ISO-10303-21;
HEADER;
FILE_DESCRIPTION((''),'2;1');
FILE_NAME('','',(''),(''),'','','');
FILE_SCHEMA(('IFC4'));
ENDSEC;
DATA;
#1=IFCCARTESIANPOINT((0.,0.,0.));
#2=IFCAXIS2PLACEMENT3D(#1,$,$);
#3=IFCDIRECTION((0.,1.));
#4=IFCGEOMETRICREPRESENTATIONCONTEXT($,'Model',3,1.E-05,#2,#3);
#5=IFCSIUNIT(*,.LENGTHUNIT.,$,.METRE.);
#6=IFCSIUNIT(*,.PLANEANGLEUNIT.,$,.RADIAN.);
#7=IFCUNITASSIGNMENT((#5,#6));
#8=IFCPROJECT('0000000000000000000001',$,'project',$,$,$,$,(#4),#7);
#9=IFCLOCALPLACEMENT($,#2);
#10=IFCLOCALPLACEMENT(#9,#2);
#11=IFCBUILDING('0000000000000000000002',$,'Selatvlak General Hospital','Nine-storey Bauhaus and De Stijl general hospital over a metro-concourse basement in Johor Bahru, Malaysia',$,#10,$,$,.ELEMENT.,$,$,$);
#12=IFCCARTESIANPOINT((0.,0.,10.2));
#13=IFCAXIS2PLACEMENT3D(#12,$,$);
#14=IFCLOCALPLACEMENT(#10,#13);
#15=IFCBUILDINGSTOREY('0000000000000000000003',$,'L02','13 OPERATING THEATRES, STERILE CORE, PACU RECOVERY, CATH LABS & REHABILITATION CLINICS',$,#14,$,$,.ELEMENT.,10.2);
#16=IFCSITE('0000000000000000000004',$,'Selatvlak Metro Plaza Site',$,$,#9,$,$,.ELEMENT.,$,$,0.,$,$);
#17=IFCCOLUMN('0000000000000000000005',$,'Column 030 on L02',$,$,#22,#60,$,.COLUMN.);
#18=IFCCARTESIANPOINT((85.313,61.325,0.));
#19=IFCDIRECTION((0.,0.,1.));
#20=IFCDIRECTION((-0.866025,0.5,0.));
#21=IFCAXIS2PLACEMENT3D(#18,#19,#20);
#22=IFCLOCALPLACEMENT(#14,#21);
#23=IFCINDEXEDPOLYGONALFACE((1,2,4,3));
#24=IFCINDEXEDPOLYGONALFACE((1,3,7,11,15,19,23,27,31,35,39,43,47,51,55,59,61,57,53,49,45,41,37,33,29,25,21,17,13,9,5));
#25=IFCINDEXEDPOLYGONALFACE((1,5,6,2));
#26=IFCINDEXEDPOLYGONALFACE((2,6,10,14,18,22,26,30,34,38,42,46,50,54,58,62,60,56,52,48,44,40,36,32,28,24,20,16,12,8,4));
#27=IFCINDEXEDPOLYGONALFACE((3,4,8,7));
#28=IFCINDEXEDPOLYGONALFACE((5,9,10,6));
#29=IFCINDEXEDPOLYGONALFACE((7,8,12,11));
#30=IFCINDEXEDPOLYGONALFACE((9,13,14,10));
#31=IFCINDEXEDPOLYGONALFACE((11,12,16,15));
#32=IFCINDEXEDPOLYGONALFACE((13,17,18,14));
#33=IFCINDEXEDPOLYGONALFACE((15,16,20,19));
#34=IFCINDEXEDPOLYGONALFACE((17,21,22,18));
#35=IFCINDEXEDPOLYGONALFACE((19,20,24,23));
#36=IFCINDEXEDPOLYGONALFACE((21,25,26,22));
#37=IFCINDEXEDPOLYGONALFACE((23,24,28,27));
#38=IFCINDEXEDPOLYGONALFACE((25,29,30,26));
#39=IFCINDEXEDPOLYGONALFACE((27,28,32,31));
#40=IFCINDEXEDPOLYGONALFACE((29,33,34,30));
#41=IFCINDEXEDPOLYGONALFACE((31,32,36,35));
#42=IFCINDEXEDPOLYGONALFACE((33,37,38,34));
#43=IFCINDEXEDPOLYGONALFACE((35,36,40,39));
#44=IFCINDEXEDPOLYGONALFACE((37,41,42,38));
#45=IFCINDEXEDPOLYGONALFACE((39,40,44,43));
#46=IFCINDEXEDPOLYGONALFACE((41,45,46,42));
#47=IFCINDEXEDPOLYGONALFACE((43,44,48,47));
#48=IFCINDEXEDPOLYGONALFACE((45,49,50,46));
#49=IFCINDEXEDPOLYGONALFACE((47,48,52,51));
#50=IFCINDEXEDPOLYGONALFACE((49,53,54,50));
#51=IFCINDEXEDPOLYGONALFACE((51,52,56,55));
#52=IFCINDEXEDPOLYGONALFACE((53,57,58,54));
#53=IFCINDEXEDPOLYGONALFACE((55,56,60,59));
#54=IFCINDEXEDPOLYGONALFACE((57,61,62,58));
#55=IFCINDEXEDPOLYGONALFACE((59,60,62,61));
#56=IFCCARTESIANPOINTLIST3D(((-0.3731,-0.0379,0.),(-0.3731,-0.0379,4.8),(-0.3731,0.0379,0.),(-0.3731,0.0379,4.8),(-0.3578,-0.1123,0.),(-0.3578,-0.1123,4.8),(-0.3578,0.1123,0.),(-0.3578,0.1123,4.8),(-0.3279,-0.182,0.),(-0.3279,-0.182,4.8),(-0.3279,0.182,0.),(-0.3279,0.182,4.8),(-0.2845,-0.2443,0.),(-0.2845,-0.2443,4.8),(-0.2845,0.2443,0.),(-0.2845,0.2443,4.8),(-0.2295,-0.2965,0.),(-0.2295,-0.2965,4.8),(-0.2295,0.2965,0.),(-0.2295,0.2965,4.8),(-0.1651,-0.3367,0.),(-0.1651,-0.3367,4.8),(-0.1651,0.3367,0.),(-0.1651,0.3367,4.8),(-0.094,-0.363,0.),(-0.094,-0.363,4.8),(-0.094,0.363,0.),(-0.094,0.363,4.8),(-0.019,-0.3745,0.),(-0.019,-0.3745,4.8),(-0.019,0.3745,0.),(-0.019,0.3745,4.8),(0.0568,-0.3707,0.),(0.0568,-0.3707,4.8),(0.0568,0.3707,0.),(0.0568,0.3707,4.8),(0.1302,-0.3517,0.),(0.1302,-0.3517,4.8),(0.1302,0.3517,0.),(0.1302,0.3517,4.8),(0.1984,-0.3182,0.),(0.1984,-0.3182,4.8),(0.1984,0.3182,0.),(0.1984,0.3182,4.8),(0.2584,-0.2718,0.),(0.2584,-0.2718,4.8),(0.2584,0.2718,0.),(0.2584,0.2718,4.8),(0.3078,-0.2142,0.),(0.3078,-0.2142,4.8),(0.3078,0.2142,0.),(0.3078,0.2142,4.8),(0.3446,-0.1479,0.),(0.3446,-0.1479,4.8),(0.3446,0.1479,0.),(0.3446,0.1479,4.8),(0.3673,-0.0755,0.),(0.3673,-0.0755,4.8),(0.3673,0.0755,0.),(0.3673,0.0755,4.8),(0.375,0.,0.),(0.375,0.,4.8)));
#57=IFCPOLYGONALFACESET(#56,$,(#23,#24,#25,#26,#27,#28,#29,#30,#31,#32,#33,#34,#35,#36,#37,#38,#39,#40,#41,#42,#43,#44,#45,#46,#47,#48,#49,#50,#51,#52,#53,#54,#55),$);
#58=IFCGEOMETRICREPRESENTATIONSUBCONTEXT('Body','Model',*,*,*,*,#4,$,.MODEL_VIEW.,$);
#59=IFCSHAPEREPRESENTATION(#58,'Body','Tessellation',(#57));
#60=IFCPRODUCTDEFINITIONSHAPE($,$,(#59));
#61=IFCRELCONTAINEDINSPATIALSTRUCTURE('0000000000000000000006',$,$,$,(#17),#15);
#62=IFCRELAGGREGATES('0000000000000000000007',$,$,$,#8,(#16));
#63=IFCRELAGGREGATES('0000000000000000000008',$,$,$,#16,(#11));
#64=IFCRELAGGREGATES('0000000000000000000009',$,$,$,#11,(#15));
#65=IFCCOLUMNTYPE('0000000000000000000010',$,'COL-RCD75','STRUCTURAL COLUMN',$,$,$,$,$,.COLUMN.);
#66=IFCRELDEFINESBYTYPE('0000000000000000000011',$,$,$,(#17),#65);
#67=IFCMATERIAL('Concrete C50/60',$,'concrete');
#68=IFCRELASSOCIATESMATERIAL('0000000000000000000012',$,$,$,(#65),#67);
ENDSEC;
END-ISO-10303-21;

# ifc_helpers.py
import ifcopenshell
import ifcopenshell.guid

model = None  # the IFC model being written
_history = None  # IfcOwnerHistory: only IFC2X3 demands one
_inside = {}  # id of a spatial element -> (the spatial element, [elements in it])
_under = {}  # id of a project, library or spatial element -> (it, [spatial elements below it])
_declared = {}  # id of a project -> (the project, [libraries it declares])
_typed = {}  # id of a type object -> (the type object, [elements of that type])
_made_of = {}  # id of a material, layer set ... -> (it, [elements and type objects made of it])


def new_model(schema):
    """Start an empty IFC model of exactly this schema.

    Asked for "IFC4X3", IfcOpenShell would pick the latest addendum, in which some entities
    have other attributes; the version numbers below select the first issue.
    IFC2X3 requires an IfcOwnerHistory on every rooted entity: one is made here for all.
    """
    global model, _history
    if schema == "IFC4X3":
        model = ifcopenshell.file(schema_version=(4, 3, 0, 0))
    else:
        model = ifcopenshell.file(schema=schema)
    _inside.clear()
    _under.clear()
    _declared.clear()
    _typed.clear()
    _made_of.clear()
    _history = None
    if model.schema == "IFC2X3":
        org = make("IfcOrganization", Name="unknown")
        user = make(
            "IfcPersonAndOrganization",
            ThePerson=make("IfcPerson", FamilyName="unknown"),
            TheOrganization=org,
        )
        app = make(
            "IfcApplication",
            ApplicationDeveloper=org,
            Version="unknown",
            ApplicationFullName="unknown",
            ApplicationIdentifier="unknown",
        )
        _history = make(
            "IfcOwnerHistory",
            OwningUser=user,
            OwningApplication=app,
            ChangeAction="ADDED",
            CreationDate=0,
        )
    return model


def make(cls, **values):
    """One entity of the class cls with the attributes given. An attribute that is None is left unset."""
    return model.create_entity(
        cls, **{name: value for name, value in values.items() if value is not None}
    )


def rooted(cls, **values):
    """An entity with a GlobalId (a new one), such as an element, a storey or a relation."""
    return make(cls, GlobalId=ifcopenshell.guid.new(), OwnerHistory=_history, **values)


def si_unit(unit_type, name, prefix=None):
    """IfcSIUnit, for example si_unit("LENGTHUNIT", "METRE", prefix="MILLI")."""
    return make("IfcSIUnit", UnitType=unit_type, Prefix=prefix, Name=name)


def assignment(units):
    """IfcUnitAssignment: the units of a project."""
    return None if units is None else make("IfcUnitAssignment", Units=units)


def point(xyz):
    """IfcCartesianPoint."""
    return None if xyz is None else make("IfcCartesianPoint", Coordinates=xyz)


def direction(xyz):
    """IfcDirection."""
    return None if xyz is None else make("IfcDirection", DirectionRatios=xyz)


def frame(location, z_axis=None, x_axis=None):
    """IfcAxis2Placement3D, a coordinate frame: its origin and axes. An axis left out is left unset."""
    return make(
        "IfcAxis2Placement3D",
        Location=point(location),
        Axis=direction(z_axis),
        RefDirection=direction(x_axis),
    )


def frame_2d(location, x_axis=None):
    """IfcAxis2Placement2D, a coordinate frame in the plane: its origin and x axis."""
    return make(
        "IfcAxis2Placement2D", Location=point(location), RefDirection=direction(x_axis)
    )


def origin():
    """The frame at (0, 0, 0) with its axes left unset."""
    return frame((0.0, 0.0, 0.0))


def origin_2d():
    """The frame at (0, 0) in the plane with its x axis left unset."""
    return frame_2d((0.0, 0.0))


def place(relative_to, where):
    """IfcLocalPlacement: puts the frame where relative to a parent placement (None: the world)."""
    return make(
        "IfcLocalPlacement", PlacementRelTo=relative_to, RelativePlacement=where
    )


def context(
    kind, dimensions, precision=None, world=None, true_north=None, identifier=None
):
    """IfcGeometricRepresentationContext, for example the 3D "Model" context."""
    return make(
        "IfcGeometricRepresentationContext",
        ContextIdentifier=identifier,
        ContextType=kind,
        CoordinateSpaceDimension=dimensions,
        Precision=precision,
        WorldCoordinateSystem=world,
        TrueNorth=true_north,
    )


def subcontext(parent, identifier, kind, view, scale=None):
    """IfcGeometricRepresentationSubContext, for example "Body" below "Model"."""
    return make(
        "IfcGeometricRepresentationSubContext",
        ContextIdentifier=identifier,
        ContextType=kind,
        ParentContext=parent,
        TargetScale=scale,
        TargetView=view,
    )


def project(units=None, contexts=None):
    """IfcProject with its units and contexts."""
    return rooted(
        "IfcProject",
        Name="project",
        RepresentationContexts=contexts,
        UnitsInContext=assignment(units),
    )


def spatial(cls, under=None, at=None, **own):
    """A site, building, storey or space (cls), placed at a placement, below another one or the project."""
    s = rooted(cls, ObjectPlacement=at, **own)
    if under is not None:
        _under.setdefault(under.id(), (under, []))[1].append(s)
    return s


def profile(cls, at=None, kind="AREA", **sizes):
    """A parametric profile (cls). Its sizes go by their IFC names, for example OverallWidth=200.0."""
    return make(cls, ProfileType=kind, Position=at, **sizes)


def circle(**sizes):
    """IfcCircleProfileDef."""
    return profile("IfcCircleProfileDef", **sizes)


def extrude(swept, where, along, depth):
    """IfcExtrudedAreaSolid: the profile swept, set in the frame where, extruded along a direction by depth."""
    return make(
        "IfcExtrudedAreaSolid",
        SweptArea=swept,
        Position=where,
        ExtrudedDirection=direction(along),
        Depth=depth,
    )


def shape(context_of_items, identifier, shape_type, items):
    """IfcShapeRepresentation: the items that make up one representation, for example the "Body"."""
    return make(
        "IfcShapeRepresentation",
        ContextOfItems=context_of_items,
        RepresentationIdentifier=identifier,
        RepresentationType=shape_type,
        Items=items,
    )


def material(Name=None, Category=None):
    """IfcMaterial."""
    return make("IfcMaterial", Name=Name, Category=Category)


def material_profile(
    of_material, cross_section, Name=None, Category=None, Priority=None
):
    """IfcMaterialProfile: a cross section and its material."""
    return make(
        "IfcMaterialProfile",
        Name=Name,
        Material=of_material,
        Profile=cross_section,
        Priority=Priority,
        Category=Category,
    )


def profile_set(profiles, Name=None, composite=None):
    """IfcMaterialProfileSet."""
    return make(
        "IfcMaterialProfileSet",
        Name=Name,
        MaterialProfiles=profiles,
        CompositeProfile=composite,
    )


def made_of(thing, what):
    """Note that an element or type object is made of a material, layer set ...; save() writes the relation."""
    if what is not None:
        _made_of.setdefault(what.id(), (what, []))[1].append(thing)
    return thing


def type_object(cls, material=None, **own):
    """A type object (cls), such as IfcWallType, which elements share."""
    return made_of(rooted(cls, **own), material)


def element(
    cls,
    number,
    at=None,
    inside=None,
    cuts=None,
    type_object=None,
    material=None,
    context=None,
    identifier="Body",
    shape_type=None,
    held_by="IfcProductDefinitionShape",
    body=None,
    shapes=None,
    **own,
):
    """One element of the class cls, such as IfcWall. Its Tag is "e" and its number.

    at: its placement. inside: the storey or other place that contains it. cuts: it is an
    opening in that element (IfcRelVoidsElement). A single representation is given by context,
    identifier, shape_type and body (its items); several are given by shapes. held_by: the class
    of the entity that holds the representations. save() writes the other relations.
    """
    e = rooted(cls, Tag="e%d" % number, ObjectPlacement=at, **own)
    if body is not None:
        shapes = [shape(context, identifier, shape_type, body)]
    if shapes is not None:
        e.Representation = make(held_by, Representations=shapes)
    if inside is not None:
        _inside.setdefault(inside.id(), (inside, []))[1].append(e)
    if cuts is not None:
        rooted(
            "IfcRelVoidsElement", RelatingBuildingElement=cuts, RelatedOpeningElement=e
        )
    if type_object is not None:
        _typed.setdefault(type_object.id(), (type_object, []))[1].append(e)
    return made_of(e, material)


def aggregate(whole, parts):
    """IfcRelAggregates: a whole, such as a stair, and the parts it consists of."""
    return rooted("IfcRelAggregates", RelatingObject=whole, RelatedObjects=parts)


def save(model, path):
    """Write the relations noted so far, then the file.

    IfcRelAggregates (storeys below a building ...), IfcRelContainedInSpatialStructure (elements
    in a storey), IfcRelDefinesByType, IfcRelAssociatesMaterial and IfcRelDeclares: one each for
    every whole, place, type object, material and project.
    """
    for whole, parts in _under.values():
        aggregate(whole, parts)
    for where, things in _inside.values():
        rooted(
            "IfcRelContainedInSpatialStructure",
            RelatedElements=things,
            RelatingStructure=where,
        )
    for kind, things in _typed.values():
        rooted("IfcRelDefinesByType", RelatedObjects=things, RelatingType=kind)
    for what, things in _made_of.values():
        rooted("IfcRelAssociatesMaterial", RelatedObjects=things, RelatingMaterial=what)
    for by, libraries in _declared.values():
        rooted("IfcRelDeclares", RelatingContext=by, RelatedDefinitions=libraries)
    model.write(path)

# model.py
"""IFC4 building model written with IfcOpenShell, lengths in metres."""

from ifc_helpers import new_model, si_unit, direction, frame, origin, origin_2d, place, context, subcontext, project, spatial, circle, extrude, material, material_profile, profile_set, type_object, element, save


model = new_model("IFC4")

# Units and contexts
model_context = context("Model", 3, precision=1e-05, world=origin(), true_north=direction((0.0, 1.0)))
body_context = subcontext(model_context, "Body", "Model", "MODEL_VIEW")
ifc_project = project(units=[si_unit("LENGTHUNIT", "METRE"), si_unit("PLANEANGLEUNIT", "RADIAN")], contexts=[model_context])

# Site, building, storey
site_placement = place(None, origin())
site = spatial("IfcSite", under=ifc_project, at=site_placement, Name="Selatvlak Metro Plaza Site", CompositionType="ELEMENT", RefElevation=0.0)
building_placement = place(site_placement, origin())
building = spatial("IfcBuilding", under=site, at=building_placement, Name="Selatvlak General Hospital", Description="Nine-storey Bauhaus and De Stijl general hospital over a metro-concourse basement in Johor Bahru, Malaysia", CompositionType="ELEMENT")
storey_placement = place(building_placement, frame((0.0, 0.0, 10.2)))
storey = spatial("IfcBuildingStorey", under=building, at=storey_placement, Name="L02", Description="13 OPERATING THEATRES, STERILE CORE, PACU RECOVERY, CATH LABS & REHABILITATION CLINICS", CompositionType="ELEMENT", Elevation=10.2)

# Column
ifc_material_1 = material(Name="Concrete C50/60", Category="concrete")
ifc_material_profile_1 = material_profile(ifc_material_1, circle(Radius=0.375, at=origin_2d()), Name="RC-COL D750")
ifc_profile_set_1 = profile_set([ifc_material_profile_1], Name="Concrete C50/60")
column_type = type_object("IfcColumnType", Name="COL-RCD75", Description="STRUCTURAL COLUMN", PredefinedType="COLUMN", material=ifc_profile_set_1)
column_placement = place(storey_placement, frame((85.313, 61.325, 0.0), z_axis=(0.0, 0.0, 1.0), x_axis=(-0.866025, 0.5, 0.0)))
element("IfcColumn", 1, at=column_placement, inside=storey, type_object=column_type, Name="Column 030 on L02", PredefinedType="COLUMN", context=body_context, shape_type="SweptSolid", body=[
    extrude(circle(Radius=0.375, at=origin_2d()), origin(), (0.0, 0.0, 1.0), 4.8),
])

save(model, "model.ifc")
